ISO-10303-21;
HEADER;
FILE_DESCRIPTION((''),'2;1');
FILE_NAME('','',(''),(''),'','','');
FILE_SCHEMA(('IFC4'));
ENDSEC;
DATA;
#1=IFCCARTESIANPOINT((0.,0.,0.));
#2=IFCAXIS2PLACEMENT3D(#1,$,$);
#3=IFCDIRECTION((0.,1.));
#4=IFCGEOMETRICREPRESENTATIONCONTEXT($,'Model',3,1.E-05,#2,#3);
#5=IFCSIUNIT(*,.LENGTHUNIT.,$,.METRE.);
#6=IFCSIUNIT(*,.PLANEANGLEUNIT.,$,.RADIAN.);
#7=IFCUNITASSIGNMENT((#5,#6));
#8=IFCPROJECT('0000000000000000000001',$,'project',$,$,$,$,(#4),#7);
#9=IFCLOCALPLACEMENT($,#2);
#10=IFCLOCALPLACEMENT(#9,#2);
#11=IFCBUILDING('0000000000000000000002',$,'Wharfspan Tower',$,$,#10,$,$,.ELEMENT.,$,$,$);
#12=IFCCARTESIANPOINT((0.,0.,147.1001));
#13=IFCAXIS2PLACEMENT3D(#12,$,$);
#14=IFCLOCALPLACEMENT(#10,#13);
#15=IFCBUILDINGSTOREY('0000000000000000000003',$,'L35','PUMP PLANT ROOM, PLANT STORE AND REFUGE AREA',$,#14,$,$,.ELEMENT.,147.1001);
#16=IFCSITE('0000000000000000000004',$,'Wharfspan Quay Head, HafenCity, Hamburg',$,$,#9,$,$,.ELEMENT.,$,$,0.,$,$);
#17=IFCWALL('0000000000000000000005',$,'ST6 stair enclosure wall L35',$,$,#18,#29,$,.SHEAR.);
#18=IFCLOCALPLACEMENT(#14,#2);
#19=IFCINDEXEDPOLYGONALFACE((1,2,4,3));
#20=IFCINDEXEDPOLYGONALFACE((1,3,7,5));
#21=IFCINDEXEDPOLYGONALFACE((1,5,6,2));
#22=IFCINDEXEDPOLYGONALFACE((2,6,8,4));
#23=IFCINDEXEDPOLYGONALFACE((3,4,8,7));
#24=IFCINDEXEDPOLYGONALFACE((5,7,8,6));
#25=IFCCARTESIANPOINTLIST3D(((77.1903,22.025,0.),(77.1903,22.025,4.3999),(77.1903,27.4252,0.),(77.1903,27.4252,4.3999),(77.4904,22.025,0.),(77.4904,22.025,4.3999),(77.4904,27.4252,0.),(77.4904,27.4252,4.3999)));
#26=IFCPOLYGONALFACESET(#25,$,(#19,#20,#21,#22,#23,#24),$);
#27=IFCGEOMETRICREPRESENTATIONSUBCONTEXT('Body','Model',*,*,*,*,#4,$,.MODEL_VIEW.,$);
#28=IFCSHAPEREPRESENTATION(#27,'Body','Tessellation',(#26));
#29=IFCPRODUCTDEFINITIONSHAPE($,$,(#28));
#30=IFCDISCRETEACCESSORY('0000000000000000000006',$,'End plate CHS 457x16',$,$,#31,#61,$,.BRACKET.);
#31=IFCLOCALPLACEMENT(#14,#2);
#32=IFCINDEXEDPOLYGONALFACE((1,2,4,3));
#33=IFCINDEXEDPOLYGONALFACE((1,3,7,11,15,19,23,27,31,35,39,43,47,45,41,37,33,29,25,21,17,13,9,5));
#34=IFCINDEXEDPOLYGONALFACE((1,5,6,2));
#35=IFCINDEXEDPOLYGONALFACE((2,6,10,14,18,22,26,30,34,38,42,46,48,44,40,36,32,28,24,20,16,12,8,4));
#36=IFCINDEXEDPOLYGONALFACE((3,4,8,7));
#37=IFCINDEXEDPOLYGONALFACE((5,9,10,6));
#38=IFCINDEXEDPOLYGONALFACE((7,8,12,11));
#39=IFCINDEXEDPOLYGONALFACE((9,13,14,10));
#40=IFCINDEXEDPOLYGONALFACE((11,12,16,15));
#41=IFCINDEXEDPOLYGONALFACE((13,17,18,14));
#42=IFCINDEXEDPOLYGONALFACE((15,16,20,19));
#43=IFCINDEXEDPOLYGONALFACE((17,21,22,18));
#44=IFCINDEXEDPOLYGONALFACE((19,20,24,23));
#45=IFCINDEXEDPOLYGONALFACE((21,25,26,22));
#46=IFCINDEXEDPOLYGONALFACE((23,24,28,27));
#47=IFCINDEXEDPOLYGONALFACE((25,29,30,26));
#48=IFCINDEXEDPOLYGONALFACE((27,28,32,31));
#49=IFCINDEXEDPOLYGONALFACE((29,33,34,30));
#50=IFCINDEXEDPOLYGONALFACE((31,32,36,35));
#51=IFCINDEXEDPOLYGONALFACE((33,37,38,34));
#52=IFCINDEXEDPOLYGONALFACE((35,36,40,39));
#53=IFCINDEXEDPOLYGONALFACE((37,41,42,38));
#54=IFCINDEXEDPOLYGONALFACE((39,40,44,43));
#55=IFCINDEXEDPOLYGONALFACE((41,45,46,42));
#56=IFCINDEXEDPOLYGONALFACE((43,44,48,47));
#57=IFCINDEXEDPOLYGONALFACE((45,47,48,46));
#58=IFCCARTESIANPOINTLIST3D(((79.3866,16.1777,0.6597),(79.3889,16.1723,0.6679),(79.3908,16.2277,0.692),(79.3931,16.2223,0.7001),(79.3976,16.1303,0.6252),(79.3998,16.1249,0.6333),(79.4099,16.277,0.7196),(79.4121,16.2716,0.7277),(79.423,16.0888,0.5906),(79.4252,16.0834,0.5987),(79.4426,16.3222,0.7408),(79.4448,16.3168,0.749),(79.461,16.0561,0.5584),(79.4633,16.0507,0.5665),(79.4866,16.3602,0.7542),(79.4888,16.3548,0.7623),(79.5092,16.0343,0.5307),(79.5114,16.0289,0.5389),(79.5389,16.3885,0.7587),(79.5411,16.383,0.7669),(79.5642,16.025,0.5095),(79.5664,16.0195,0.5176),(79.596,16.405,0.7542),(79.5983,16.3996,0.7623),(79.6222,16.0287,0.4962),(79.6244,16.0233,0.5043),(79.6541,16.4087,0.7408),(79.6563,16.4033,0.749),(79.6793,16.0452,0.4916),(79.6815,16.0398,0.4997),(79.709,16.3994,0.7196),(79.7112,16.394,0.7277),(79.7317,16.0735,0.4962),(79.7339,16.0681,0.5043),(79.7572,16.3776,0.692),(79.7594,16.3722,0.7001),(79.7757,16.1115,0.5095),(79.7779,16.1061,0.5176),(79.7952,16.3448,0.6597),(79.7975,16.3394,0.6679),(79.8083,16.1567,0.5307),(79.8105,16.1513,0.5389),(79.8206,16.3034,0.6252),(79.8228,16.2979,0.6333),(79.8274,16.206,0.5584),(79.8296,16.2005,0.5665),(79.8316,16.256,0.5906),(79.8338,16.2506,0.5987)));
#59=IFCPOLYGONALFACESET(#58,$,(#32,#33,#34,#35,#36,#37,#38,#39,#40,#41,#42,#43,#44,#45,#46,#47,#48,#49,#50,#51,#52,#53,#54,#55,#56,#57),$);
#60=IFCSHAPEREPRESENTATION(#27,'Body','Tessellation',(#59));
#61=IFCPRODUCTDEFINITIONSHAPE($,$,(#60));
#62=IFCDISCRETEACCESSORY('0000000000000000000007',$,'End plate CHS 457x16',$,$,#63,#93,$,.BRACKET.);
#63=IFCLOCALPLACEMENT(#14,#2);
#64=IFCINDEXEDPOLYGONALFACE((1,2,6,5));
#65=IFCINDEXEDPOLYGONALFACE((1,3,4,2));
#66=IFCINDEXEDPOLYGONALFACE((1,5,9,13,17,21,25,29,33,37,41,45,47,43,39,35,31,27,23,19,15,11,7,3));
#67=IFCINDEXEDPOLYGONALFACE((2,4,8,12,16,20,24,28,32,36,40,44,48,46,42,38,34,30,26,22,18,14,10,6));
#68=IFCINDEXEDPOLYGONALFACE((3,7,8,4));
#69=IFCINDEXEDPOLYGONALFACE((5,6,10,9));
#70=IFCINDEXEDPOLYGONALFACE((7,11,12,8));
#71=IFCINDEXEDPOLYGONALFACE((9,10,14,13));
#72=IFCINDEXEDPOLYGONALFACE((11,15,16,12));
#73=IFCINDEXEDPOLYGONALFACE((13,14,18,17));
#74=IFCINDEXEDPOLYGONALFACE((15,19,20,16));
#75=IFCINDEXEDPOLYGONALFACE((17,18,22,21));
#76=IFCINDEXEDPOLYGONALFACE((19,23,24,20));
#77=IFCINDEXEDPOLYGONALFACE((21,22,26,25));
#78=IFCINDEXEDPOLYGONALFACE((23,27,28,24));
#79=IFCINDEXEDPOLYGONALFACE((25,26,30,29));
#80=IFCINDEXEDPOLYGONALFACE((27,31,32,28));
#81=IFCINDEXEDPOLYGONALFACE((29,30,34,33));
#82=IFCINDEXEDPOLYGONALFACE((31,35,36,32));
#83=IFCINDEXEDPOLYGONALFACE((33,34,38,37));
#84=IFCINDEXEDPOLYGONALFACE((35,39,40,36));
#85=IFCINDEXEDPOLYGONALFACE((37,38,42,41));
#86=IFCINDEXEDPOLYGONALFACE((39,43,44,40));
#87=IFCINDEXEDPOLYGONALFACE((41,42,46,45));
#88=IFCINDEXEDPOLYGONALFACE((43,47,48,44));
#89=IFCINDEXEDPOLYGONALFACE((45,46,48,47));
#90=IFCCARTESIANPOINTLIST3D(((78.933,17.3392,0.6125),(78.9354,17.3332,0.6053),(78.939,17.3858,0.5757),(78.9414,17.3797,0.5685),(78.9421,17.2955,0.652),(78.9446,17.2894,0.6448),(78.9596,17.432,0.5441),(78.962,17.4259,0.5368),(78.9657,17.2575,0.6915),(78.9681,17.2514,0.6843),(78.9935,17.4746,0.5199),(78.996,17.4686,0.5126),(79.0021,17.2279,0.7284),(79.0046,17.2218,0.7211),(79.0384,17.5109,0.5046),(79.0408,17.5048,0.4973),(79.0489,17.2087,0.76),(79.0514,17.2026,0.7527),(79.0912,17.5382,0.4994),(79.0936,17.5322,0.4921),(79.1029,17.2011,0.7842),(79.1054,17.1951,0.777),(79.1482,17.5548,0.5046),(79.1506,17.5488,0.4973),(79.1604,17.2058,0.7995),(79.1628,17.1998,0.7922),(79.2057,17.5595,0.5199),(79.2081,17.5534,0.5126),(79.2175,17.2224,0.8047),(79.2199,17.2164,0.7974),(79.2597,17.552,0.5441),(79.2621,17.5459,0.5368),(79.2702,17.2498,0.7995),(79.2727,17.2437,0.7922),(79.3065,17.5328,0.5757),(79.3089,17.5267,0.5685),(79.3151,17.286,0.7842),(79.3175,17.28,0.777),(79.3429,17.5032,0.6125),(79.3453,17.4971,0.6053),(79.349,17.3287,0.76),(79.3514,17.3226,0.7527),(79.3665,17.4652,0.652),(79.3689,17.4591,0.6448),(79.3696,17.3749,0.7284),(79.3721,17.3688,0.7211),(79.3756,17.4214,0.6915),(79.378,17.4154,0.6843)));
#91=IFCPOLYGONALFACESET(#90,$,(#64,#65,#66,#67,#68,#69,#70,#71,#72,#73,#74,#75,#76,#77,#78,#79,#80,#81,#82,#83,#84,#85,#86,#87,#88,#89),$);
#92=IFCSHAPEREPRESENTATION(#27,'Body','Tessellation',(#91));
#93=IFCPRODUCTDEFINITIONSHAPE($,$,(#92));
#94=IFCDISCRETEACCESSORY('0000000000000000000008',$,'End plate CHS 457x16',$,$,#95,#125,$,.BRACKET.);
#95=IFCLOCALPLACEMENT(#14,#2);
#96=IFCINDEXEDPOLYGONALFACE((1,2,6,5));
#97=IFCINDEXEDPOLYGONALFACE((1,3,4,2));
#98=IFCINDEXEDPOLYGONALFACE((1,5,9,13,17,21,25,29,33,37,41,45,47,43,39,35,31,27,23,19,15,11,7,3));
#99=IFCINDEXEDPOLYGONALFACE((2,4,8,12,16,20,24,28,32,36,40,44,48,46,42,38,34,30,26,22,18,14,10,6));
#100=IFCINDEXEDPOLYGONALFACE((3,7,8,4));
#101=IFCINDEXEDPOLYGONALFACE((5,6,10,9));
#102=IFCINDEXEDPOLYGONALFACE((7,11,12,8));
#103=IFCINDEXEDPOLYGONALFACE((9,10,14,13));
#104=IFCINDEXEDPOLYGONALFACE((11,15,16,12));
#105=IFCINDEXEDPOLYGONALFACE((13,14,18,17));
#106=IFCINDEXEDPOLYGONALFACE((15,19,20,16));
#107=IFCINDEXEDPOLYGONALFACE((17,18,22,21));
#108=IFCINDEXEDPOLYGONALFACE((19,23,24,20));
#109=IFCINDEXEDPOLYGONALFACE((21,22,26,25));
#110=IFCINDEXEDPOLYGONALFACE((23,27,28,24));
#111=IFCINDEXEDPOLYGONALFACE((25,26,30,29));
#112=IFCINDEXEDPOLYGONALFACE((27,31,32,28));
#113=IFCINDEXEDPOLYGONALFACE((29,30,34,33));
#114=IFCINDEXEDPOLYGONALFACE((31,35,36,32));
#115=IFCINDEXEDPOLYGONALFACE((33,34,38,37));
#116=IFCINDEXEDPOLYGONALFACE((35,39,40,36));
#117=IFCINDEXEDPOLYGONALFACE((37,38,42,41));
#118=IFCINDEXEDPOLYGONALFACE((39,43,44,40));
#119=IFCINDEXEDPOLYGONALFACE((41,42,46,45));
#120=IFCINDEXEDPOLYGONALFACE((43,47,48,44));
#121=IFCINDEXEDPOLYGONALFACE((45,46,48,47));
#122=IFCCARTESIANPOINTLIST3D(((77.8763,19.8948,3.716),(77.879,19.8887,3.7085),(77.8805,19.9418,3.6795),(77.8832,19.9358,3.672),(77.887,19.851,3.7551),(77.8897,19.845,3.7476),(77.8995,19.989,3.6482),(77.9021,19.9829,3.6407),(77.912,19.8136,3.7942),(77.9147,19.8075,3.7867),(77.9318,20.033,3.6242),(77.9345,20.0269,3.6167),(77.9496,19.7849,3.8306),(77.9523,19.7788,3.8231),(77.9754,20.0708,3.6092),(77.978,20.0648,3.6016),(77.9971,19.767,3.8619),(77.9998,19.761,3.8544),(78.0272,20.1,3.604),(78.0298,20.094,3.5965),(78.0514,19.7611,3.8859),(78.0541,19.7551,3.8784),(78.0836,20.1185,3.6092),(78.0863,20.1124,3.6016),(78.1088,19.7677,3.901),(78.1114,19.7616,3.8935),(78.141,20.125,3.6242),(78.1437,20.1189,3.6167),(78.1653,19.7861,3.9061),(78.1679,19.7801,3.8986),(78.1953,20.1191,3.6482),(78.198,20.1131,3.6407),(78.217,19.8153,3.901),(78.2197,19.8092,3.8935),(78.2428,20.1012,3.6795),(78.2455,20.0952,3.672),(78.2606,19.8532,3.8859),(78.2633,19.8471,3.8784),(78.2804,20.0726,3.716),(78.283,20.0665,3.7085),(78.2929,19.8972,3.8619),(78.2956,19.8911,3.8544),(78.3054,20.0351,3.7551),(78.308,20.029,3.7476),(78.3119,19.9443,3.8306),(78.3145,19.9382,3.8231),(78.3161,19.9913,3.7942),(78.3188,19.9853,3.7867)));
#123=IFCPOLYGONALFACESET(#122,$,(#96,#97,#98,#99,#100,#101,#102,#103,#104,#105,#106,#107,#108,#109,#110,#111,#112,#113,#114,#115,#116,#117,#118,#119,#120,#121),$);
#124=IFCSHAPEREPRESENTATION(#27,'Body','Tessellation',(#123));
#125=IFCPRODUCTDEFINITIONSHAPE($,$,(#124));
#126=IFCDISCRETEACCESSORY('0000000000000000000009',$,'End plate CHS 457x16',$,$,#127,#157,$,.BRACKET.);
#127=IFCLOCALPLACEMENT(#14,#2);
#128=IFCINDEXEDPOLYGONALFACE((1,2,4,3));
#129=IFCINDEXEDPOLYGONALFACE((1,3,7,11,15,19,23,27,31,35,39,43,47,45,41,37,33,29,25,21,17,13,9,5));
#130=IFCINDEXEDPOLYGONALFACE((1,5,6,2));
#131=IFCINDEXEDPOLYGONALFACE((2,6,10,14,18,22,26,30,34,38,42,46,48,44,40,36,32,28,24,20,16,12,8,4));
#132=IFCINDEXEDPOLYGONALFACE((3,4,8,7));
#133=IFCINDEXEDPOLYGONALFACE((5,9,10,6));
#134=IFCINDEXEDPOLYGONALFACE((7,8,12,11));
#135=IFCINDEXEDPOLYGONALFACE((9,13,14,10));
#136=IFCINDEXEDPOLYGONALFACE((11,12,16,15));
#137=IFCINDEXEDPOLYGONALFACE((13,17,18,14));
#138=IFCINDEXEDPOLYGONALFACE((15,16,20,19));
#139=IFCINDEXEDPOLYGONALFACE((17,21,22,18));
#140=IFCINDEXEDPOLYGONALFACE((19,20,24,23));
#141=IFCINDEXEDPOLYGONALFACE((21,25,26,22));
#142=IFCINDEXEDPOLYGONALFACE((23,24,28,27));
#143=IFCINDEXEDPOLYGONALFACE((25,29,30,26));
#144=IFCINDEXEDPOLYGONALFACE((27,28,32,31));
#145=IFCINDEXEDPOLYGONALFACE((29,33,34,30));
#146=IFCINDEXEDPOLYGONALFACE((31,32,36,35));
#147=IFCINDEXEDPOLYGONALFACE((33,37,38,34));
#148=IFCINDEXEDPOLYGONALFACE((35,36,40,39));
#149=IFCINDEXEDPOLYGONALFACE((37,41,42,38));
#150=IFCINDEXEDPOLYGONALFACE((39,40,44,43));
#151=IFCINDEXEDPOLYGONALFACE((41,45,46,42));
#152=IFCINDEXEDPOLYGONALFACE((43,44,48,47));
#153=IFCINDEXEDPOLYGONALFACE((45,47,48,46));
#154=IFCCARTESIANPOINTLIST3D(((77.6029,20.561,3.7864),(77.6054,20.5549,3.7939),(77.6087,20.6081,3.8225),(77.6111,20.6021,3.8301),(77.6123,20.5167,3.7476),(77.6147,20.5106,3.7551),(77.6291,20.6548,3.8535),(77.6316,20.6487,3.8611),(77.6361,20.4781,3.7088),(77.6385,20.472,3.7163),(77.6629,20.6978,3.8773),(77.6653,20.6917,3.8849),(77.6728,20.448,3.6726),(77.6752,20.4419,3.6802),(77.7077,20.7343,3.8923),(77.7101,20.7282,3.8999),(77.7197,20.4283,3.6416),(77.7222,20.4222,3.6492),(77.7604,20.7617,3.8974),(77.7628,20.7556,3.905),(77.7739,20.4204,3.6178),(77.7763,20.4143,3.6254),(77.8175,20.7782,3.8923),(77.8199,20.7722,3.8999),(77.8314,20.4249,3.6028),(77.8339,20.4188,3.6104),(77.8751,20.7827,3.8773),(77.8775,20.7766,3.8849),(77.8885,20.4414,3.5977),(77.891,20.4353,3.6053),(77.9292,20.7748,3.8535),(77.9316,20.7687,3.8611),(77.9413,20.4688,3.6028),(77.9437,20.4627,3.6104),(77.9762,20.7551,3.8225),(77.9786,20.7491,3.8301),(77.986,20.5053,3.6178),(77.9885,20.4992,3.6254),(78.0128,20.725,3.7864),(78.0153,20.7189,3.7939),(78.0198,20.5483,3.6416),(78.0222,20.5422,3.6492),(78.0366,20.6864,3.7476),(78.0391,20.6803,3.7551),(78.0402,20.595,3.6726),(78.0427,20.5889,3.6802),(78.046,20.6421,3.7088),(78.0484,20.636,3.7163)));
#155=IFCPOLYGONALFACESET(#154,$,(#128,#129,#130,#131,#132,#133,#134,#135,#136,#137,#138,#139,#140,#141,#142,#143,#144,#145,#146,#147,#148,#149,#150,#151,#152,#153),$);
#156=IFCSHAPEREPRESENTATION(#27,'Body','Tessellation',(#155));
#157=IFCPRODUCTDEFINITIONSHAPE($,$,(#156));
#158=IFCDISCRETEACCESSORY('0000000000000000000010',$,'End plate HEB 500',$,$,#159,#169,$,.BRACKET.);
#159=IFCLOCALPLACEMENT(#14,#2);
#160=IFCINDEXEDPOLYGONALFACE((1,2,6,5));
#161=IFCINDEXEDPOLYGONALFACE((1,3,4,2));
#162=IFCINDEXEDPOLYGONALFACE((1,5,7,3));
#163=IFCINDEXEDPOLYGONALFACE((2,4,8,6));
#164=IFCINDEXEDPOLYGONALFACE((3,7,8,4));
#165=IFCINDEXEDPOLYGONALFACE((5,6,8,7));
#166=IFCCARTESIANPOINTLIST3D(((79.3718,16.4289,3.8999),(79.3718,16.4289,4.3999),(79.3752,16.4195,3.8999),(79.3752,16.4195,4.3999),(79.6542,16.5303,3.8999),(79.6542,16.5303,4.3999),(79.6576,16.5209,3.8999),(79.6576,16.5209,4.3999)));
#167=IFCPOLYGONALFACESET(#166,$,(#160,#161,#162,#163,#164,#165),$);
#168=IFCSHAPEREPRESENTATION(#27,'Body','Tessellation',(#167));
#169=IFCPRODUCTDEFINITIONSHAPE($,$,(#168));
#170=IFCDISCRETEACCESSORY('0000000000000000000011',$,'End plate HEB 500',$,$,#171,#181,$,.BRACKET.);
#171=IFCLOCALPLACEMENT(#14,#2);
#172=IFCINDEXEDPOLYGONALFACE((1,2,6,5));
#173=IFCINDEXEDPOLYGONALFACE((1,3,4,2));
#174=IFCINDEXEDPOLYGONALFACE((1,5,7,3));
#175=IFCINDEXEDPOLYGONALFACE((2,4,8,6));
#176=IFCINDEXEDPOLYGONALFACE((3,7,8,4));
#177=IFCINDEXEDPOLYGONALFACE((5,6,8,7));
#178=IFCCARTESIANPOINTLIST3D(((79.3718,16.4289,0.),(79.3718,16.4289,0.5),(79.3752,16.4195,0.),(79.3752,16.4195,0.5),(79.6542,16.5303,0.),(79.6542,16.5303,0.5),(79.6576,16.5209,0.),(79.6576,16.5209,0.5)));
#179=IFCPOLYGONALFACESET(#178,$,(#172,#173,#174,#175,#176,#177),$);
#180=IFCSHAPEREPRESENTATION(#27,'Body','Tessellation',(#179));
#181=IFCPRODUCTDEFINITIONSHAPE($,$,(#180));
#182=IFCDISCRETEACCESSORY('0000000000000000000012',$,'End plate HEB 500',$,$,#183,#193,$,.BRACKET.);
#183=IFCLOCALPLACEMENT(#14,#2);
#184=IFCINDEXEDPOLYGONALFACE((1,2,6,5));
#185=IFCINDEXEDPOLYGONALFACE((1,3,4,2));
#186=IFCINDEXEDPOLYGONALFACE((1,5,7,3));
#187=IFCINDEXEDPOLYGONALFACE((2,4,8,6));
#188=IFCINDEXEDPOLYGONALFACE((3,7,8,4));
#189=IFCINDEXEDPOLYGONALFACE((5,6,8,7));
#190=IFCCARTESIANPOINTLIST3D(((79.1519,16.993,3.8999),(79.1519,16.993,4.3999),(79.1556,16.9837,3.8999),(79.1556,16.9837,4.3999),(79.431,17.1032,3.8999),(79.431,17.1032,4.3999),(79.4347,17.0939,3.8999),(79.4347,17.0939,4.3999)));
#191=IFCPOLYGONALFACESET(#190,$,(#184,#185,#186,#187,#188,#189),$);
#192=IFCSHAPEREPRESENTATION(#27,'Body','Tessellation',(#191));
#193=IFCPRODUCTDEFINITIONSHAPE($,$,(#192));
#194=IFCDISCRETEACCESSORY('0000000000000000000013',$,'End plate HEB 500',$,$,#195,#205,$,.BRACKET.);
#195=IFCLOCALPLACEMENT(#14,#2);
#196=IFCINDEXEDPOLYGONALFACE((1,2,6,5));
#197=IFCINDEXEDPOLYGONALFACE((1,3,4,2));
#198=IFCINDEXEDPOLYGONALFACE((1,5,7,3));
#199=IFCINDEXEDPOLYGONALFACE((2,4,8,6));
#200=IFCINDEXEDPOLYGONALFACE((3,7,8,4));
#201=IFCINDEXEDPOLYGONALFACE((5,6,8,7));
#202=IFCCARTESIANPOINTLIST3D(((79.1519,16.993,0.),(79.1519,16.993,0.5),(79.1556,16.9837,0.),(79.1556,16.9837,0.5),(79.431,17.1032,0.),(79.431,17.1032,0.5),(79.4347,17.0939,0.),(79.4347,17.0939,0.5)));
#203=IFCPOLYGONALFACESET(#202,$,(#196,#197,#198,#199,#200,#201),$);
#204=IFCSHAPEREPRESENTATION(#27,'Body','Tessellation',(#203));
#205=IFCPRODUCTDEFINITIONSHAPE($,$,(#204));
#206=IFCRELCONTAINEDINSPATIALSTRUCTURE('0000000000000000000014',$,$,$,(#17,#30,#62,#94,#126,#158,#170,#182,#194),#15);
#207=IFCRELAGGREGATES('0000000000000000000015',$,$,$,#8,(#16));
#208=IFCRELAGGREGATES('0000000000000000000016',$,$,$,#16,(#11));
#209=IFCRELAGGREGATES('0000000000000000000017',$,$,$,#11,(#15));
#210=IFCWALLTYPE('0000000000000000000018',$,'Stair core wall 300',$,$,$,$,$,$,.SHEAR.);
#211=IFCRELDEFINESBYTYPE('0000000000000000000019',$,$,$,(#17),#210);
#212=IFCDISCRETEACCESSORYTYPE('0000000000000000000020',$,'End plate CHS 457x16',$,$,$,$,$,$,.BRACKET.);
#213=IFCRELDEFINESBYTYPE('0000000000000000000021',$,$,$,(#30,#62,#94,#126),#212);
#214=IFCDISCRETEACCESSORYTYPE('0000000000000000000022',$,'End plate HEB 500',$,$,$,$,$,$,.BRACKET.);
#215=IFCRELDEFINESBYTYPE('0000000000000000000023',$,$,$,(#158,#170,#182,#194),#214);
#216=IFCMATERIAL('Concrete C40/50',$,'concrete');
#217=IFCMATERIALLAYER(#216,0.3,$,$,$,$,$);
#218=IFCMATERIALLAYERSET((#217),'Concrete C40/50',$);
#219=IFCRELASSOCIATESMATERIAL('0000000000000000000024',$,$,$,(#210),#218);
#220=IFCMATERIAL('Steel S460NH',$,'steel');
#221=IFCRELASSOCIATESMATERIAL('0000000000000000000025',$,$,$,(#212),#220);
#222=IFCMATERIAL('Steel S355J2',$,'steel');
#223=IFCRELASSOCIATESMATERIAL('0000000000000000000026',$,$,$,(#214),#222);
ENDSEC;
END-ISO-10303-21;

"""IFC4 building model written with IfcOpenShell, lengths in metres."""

from ifc_helpers import new_model, si_unit, direction, frame, frame_2d, origin, origin_2d, place, context, subcontext, project, spatial, rectangle, circle, extrude, material, layer, layer_set, material_profile, profile_set, type_object, element, save


model = new_model("IFC4")

# Units and contexts
model_context = context("Model", 3, precision=1e-05, world=origin(), true_north=direction((0.0, 1.0)))
body_context = subcontext(model_context, "Body", "Model", "MODEL_VIEW")
ifc_project = project(units=[si_unit("LENGTHUNIT", "METRE"), si_unit("PLANEANGLEUNIT", "RADIAN")], contexts=[model_context])

# Site, building, storey
site_placement = place(None, origin())
site = spatial("IfcSite", under=ifc_project, at=site_placement, Name="Wharfspan Quay Head, HafenCity, Hamburg", CompositionType="ELEMENT", RefElevation=0.0)
building_placement = place(site_placement, origin())
building = spatial("IfcBuilding", under=site, at=building_placement, Name="Wharfspan Tower", CompositionType="ELEMENT")
storey_placement = place(building_placement, frame((0.0, 0.0, 147.1001)))
storey = spatial("IfcBuildingStorey", under=building, at=storey_placement, Name="L35", Description="PUMP PLANT ROOM, PLANT STORE AND REFUGE AREA", CompositionType="ELEMENT", Elevation=147.1001)

# Shared definitions
ifc_material_1 = material(Name="Steel S355J2", Category="steel")

# Shared definitions
ifc_material_2 = material(Name="Steel S460NH", Category="steel")

# Wall
ifc_material_3 = material(Name="Concrete C40/50", Category="concrete")
ifc_layer_1 = layer(ifc_material_3, 0.3)
ifc_layer_set_1 = layer_set([ifc_layer_1], Name="Concrete C40/50")
wall_type_1 = type_object("IfcWallType", Name="Stair core wall 300", PredefinedType="SHEAR", material=ifc_layer_set_1)
wall_1_placement = place(storey_placement, frame((77.3403, 22.0249, 0.0), z_axis=(0.0, 0.0, 1.0), x_axis=(0.0, 1.0, 0.0)))
element("IfcWall", 1, at=wall_1_placement, inside=storey, type_object=wall_type_1, Name="ST6 stair enclosure wall L35", PredefinedType="SHEAR", context=body_context, shape_type="SweptSolid", body=[
    extrude(rectangle(XDim=5.4001, YDim=0.3, at=frame_2d((2.7002, 0.0))), origin(), (0.0, 0.0, 1.0), 4.3999),
])

# Discrete accessories
ifc_material_profile_1 = material_profile(ifc_material_2, circle(Radius=0.2285, at=origin_2d()))
ifc_profile_set_1 = profile_set([ifc_material_profile_1], Name="Steel S460NH")
discrete_accessory_type_1 = type_object("IfcDiscreteAccessoryType", Name="End plate CHS 457x16", PredefinedType="BRACKET", material=ifc_profile_set_1)
discrete_accessory_1_placement = place(storey_placement, frame((79.6113, 16.2114, 0.6333), z_axis=(-0.221297, 0.540947, -0.811421), x_axis=(-0.925544, -0.378631, 0.000001)))
element("IfcDiscreteAccessory", 2, at=discrete_accessory_1_placement, inside=storey, type_object=discrete_accessory_type_1, Name="End plate CHS 457x16", PredefinedType="BRACKET", context=body_context, shape_type="SweptSolid", body=[
    extrude(circle(Radius=0.2285, at=origin_2d()), origin(), (0.0, 0.0, 1.0), 0.01),
])
discrete_accessory_2_placement = place(storey_placement, frame((79.1567, 17.3743, 0.6448), z_axis=(-0.248069, 0.620174, 0.744208), x_axis=(-0.928477, -0.37139, 0.0)))
element("IfcDiscreteAccessory", 3, at=discrete_accessory_2_placement, inside=storey, type_object=discrete_accessory_type_1, Name="End plate CHS 457x16", PredefinedType="BRACKET", context=body_context, shape_type="SweptSolid", body=[
    extrude(circle(Radius=0.2285, at=origin_2d()), origin(), (0.0, 0.0, 1.0), 0.0098),
])
for number, where, z_axis, x_axis, name in (
    (4, (78.0989, 19.937, 3.7476), (-0.266242, 0.605095, 0.750317), (-0.915318, -0.402739, -0.000001), "End plate CHS 457x16"),
    (5, (77.8269, 20.5955, 3.7551), (-0.243541, 0.608851, -0.754976), (-0.928474, -0.371393, -0.000002), "End plate CHS 457x16"),
):
    element("IfcDiscreteAccessory", number, at=place(storey_placement, frame(where, z_axis=z_axis, x_axis=x_axis)), inside=storey, type_object=discrete_accessory_type_1, Name=name, PredefinedType="BRACKET", context=body_context, shape_type="SweptSolid", body=[
        extrude(circle(Radius=0.2285, at=origin_2d()), origin(), (0.0, 0.0, 1.0), 0.01),
    ])
ifc_material_profile_2 = material_profile(ifc_material_1, rectangle(XDim=0.3, YDim=0.5, at=origin_2d()))
ifc_profile_set_2 = profile_set([ifc_material_profile_2], Name="Steel S355J2")
discrete_accessory_type_2 = type_object("IfcDiscreteAccessoryType", Name="End plate HEB 500", PredefinedType="BRACKET", material=ifc_profile_set_2)
for number, where, z_axis, x_axis, name in (
    (6, (79.5164, 16.4702, 4.1499), (-0.337865, 0.941195, 0.0), (-0.941195, -0.337865, 0.0), "End plate HEB 500"),
    (7, (79.5164, 16.4702, 0.25), (-0.337865, 0.941195, 0.0), (-0.941195, -0.337865, 0.0), "End plate HEB 500"),
    (8, (79.2952, 17.0388, 4.1499), (-0.367167, 0.930155, 0.0), (-0.930155, -0.367167, 0.0), "End plate HEB 500"),
    (9, (79.2952, 17.0388, 0.25), (-0.367167, 0.930155, 0.0), (-0.930155, -0.367167, 0.0), "End plate HEB 500"),
):
    element("IfcDiscreteAccessory", number, at=place(storey_placement, frame(where, z_axis=z_axis, x_axis=x_axis)), inside=storey, type_object=discrete_accessory_type_2, Name=name, PredefinedType="BRACKET", context=body_context, shape_type="SweptSolid", body=[
        extrude(rectangle(XDim=0.3, YDim=0.5, at=origin_2d()), origin(), (0.0, 0.0, 1.0), 0.01),
    ])

save(model, "model.ifc")
